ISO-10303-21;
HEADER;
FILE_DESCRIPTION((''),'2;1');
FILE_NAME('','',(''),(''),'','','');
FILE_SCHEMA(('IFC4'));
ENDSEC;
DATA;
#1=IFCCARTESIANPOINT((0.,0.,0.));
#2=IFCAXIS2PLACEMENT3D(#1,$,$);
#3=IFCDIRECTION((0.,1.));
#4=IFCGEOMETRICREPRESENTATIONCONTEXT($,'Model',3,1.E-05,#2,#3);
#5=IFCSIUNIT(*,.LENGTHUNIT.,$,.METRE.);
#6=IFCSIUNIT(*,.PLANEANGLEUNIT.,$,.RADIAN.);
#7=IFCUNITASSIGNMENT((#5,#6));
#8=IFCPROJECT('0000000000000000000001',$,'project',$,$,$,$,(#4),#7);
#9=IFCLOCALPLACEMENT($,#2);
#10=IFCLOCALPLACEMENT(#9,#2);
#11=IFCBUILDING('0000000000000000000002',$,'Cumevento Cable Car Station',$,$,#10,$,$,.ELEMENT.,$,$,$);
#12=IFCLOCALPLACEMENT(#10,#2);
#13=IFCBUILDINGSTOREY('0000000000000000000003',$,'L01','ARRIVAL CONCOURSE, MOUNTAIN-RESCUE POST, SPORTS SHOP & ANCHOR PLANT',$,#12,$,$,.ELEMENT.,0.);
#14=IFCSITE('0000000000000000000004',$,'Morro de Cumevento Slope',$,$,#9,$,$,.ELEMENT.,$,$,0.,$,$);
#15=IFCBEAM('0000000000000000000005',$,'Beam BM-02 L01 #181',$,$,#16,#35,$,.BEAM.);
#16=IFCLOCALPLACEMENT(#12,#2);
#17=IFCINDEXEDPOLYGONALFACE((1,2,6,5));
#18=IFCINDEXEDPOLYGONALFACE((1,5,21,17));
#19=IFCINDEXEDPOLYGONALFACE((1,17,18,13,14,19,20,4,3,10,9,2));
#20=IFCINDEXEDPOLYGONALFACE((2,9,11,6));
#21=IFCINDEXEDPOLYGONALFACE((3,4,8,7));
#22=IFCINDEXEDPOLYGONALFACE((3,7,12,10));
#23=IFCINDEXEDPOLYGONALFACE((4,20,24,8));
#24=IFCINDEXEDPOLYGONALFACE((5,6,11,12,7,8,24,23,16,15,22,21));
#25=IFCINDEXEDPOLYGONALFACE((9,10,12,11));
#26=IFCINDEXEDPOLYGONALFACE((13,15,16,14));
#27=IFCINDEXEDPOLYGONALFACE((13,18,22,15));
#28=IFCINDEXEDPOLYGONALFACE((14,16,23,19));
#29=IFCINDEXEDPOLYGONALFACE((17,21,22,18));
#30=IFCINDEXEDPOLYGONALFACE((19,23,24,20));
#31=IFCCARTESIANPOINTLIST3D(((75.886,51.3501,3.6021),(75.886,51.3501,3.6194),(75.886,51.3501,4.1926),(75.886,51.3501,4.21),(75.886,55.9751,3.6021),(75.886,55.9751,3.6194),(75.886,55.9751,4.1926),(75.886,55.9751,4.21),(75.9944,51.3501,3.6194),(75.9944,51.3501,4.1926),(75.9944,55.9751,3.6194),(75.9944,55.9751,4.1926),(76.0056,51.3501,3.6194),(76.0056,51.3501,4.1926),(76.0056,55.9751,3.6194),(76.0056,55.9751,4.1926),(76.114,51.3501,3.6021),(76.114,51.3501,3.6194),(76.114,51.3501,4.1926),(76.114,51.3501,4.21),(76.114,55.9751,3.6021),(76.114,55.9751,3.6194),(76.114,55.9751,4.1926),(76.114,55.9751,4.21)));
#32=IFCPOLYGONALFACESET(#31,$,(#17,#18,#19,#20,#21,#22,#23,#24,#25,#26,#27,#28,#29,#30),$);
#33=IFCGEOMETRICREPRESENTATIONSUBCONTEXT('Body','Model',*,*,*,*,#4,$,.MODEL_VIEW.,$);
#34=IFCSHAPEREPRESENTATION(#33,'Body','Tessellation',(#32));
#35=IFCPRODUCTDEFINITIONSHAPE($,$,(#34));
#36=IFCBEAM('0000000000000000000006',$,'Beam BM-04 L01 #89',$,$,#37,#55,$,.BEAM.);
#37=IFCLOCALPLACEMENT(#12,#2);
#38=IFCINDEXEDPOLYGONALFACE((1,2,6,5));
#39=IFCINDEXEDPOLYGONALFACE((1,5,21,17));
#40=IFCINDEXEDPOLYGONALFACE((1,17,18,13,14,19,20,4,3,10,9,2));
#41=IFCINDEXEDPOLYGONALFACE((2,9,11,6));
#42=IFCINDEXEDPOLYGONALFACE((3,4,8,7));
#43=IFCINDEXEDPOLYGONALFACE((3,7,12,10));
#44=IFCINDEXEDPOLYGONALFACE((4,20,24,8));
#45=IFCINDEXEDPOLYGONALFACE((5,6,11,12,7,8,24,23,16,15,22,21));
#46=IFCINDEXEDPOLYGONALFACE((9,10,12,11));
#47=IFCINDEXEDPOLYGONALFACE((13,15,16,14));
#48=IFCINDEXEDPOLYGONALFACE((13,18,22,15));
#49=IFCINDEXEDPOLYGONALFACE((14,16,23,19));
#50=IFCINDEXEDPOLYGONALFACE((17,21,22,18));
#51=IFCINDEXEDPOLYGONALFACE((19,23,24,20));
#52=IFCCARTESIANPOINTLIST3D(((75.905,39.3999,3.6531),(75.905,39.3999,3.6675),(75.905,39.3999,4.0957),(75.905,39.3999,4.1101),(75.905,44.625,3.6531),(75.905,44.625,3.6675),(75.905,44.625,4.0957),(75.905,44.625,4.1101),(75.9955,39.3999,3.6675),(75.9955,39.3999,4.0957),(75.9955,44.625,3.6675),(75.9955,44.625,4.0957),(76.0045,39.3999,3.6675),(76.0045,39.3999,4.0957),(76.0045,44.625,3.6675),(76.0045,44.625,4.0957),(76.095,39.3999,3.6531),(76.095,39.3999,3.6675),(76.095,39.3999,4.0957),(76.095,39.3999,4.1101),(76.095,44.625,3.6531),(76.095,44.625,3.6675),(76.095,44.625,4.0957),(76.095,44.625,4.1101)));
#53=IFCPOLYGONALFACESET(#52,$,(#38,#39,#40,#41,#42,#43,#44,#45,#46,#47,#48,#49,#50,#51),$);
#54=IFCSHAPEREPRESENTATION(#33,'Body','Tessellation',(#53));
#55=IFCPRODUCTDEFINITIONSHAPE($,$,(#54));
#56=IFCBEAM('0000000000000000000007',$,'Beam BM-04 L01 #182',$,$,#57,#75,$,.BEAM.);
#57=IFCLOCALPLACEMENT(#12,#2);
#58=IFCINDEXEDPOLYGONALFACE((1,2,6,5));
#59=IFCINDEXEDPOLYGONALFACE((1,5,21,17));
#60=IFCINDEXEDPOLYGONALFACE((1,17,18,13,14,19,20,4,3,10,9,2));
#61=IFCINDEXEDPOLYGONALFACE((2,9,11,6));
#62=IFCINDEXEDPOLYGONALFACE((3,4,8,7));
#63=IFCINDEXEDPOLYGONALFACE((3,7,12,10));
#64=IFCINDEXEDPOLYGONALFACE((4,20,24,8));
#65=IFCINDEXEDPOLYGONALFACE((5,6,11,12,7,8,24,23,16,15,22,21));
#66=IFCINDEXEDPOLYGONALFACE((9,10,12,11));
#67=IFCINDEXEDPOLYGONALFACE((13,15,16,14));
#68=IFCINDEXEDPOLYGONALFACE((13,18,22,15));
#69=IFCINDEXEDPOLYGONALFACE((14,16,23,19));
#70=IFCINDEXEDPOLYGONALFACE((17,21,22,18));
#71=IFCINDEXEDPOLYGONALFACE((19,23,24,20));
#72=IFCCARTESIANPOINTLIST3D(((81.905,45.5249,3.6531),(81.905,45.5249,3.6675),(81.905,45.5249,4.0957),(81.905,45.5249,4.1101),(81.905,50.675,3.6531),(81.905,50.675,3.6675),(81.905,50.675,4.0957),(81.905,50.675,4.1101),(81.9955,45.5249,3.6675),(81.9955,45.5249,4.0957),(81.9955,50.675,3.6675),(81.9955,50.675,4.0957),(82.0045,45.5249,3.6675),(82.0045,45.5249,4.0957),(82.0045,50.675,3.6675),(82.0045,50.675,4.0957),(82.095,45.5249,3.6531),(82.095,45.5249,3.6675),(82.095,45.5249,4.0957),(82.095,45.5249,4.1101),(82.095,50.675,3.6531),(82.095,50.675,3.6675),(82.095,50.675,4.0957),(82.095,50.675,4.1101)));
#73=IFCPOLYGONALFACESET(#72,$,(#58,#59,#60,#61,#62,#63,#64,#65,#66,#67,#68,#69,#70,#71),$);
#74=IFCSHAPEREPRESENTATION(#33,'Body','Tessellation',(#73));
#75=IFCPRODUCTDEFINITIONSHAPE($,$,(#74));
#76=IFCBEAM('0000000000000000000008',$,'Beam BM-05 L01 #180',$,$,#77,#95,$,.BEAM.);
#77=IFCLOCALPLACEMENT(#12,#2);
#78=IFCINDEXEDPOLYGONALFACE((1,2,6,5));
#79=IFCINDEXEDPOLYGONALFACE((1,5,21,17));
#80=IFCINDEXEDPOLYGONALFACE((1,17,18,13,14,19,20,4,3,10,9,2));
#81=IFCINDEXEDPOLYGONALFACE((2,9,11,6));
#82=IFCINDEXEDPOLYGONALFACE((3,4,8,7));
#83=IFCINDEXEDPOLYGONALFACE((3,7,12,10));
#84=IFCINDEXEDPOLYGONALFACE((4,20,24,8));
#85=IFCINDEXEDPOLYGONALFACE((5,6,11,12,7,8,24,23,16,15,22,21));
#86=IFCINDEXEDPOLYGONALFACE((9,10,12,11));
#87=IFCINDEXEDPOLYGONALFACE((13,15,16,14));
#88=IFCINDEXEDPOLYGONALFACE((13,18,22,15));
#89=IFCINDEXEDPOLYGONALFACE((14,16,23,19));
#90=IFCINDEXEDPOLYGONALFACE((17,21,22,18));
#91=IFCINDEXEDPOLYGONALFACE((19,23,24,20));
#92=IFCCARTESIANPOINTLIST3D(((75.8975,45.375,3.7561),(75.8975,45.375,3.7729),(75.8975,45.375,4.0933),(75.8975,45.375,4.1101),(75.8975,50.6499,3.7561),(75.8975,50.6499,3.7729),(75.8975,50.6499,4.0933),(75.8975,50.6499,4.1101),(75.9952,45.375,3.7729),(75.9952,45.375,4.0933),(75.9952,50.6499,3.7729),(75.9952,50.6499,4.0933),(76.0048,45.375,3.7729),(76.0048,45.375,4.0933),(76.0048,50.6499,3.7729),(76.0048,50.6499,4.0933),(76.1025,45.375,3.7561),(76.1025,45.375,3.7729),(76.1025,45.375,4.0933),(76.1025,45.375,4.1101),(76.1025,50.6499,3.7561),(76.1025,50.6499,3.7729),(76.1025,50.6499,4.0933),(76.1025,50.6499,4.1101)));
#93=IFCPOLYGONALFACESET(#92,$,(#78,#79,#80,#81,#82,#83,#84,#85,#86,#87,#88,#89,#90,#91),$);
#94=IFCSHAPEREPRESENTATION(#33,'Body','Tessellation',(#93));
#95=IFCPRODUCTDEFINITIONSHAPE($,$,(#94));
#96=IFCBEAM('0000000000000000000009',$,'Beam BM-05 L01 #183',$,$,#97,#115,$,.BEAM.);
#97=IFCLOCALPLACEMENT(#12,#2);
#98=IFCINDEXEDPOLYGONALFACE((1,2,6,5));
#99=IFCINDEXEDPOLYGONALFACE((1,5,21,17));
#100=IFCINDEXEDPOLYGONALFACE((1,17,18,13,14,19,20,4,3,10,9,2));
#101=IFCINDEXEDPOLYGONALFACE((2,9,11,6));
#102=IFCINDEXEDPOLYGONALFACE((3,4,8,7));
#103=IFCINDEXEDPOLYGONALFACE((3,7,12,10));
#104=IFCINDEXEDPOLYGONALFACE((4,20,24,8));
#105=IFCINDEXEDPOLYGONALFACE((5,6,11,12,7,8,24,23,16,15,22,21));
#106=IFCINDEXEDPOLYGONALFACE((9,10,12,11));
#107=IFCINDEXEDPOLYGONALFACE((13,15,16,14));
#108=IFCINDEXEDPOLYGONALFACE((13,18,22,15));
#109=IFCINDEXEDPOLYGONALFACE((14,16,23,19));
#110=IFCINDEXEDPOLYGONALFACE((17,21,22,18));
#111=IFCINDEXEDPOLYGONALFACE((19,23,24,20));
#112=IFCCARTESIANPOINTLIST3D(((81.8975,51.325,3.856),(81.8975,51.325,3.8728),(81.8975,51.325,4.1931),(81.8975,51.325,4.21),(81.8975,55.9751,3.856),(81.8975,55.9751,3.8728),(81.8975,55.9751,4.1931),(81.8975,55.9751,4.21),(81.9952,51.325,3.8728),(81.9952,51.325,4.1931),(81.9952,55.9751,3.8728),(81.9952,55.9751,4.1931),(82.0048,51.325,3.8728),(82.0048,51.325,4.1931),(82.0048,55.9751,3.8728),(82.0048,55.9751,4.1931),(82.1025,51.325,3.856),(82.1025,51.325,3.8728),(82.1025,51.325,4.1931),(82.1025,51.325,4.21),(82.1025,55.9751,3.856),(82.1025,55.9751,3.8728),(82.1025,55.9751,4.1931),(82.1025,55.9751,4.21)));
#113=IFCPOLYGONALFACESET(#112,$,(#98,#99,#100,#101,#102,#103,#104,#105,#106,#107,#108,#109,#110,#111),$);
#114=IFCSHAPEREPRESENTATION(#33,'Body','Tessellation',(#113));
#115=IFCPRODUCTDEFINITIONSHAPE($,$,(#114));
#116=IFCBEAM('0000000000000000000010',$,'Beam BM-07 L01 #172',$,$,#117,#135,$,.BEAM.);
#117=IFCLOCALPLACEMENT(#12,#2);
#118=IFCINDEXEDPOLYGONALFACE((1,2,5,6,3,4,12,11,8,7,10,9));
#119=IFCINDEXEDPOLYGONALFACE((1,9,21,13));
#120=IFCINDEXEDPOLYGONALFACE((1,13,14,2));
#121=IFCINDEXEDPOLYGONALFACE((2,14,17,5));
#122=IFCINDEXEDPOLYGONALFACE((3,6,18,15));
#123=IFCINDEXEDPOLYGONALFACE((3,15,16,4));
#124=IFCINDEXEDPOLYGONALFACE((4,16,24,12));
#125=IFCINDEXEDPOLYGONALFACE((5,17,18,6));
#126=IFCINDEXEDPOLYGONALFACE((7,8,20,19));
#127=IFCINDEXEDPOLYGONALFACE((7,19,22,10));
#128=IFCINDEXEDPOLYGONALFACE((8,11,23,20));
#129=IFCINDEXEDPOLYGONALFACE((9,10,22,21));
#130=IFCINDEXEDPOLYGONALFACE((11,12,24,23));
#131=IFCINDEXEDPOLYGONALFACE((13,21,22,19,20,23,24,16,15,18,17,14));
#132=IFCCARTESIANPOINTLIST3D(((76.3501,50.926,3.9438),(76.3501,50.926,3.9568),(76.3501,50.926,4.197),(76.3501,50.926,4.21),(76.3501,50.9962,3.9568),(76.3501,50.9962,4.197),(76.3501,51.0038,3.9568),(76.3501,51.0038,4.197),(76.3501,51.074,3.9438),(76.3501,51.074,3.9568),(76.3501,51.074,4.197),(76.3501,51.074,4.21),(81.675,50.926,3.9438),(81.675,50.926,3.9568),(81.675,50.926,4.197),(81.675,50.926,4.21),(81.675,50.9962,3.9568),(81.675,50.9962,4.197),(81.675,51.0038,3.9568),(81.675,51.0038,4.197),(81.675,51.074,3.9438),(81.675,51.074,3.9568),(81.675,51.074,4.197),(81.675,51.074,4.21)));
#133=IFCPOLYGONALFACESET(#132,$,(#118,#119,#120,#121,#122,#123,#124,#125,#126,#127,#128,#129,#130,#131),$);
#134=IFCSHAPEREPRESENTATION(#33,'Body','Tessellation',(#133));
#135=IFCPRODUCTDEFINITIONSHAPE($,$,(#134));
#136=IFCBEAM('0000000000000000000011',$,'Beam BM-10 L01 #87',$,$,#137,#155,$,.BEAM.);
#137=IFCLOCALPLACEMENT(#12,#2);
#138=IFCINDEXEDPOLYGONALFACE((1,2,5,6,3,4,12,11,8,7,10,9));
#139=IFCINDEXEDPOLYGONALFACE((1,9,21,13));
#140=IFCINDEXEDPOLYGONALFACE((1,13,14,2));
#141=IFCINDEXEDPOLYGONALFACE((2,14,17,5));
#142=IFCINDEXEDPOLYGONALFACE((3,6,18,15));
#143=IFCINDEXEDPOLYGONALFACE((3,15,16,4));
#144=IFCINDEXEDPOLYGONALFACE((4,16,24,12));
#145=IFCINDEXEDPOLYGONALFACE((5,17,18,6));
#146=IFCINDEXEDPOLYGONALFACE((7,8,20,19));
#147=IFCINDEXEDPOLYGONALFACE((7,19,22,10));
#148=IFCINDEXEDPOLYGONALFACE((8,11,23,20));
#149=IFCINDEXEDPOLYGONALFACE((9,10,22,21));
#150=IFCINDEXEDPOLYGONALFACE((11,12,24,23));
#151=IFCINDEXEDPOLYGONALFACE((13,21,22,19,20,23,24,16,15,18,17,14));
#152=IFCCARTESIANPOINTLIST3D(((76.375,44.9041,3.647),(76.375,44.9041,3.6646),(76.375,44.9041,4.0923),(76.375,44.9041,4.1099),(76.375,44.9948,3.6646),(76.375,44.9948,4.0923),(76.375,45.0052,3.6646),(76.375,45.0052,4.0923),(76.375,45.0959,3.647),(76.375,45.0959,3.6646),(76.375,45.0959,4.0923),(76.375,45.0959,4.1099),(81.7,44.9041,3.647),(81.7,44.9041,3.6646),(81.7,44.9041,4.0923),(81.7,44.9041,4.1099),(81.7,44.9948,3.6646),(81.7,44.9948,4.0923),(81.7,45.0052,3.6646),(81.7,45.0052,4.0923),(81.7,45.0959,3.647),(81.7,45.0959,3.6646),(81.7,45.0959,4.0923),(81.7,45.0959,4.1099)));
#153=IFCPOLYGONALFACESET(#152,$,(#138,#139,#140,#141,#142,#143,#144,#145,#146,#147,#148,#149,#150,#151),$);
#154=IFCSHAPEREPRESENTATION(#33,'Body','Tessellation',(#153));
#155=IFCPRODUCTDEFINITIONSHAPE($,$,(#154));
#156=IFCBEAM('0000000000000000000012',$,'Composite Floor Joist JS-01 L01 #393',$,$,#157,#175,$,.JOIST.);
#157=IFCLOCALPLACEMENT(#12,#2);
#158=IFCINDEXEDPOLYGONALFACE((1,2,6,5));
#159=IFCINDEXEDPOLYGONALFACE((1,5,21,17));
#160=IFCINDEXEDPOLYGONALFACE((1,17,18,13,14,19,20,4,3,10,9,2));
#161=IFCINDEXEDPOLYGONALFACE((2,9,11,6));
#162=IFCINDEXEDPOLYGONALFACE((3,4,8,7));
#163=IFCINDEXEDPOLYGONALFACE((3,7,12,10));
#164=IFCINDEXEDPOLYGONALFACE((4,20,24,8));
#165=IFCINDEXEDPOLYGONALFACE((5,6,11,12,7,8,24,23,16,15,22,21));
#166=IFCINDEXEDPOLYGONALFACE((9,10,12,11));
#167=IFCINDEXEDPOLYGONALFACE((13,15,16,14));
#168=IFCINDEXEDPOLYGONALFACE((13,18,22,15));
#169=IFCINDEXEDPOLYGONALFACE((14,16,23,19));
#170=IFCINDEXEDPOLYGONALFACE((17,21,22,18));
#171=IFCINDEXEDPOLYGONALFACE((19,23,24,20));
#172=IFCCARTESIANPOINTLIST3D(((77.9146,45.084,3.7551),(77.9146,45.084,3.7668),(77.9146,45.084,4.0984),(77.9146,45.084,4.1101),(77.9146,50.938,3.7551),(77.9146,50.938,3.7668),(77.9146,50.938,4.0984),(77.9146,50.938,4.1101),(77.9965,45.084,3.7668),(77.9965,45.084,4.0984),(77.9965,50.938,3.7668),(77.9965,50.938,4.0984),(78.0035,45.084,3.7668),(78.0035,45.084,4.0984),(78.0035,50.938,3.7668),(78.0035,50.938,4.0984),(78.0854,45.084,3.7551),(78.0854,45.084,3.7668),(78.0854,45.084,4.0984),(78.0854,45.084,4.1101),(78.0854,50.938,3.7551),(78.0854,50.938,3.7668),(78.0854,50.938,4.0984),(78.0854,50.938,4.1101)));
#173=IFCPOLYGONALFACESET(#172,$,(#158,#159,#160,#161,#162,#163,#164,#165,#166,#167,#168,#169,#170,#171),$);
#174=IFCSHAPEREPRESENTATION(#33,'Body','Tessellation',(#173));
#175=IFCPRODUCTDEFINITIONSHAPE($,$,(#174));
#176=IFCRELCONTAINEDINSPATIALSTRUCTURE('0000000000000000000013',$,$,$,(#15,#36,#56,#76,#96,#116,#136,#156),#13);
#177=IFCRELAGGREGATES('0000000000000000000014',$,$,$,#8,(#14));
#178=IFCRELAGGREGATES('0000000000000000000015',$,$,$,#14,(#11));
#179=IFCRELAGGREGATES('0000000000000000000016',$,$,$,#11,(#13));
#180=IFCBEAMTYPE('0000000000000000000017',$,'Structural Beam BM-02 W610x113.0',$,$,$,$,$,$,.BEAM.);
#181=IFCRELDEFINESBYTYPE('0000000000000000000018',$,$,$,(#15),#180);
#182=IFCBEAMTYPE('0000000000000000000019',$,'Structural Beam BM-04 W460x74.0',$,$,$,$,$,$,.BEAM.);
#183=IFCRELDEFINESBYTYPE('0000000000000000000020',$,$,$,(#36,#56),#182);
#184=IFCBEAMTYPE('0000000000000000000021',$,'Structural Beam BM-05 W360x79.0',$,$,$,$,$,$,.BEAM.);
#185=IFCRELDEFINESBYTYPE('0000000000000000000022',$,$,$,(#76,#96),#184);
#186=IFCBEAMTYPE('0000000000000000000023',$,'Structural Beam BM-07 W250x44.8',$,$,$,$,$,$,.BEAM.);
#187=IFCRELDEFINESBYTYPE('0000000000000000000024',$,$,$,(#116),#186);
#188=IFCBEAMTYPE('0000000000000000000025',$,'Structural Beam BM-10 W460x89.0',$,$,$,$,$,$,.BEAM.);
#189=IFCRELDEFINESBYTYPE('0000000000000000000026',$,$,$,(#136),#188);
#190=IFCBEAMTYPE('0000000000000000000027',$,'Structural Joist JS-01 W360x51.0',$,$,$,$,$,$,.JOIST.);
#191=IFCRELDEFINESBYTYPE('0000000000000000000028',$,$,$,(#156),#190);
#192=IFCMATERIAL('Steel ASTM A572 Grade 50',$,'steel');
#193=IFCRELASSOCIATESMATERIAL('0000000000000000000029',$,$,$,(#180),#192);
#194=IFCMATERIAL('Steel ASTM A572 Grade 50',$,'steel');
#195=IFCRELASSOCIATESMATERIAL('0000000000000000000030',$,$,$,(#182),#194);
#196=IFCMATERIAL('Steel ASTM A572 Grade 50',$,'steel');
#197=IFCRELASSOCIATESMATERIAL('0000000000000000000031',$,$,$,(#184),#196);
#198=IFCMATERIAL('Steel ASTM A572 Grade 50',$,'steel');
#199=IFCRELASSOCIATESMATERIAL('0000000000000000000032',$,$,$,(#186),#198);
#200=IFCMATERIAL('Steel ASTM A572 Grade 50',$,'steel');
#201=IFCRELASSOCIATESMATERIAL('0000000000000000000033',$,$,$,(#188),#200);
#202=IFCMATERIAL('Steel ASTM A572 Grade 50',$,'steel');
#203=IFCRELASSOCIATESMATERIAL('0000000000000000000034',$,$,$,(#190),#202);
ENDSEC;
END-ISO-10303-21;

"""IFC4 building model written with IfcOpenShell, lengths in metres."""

from ifc_helpers import new_model, si_unit, direction, frame, origin, origin_2d, place, context, subcontext, project, spatial, i_section, extrude, material, material_profile, profile_set, type_object, element, save


model = new_model("IFC4")

# Units and contexts
model_context = context("Model", 3, precision=1e-05, world=origin(), true_north=direction((0.0, 1.0)))
body_context = subcontext(model_context, "Body", "Model", "MODEL_VIEW")
ifc_project = project(units=[si_unit("LENGTHUNIT", "METRE"), si_unit("PLANEANGLEUNIT", "RADIAN")], contexts=[model_context])

# Site, building, storey
site_placement = place(None, origin())
site = spatial("IfcSite", under=ifc_project, at=site_placement, Name="Morro de Cumevento Slope", CompositionType="ELEMENT", RefElevation=0.0)
building_placement = place(site_placement, origin())
building = spatial("IfcBuilding", under=site, at=building_placement, Name="Cumevento Cable Car Station", CompositionType="ELEMENT")
storey_placement = place(building_placement, origin())
storey = spatial("IfcBuildingStorey", under=building, at=storey_placement, Name="L01", Description="ARRIVAL CONCOURSE, MOUNTAIN-RESCUE POST, SPORTS SHOP & ANCHOR PLANT", CompositionType="ELEMENT", Elevation=0.0)

# Beams
ifc_material_1 = material(Name="Steel ASTM A572 Grade 50", Category="steel")
ifc_material_profile_1 = material_profile(ifc_material_1, i_section(OverallWidth=0.228, OverallDepth=0.6079, WebThickness=0.0112, FlangeThickness=0.0173, at=origin_2d()), Name="W610x113.0")
ifc_profile_set_1 = profile_set([ifc_material_profile_1], Name="Steel ASTM A572 Grade 50")
beam_type_1 = type_object("IfcBeamType", Name="Structural Beam BM-02 W610x113.0", PredefinedType="BEAM", material=ifc_profile_set_1)
beam_1_placement = place(storey_placement, frame((76.0, 51.3501, 3.906), z_axis=(0.0, 1.0, 0.0), x_axis=(-1.0, 0.0, 0.0)))
element("IfcBeam", 1, at=beam_1_placement, inside=storey, type_object=beam_type_1, Name="Beam BM-02 L01 #181", PredefinedType="BEAM", context=body_context, shape_type="SweptSolid", body=[
    extrude(i_section(OverallWidth=0.228, OverallDepth=0.6079, WebThickness=0.0112, FlangeThickness=0.0173, at=origin_2d()), origin(), (0.0, 0.0, 1.0), 4.625),
])
ifc_material_2 = material(Name="Steel ASTM A572 Grade 50", Category="steel")
ifc_material_profile_2 = material_profile(ifc_material_2, i_section(OverallWidth=0.1899, OverallDepth=0.457, WebThickness=0.009, FlangeThickness=0.0144, at=origin_2d()), Name="W460x74.0")
ifc_profile_set_2 = profile_set([ifc_material_profile_2], Name="Steel ASTM A572 Grade 50")
beam_type_2 = type_object("IfcBeamType", Name="Structural Beam BM-04 W460x74.0", PredefinedType="BEAM", material=ifc_profile_set_2)
beam_2_placement = place(storey_placement, frame((76.0, 39.3999, 3.8816), z_axis=(0.0, 1.0, 0.0), x_axis=(-1.0, 0.0, 0.0)))
element("IfcBeam", 2, at=beam_2_placement, inside=storey, type_object=beam_type_2, Name="Beam BM-04 L01 #89", PredefinedType="BEAM", context=body_context, shape_type="SweptSolid", body=[
    extrude(i_section(OverallWidth=0.1899, OverallDepth=0.457, WebThickness=0.009, FlangeThickness=0.0144, at=origin_2d()), origin(), (0.0, 0.0, 1.0), 5.2251),
])
beam_3_placement = place(storey_placement, frame((82.0, 45.5249, 3.8816), z_axis=(0.0, 1.0, 0.0), x_axis=(-1.0, 0.0, 0.0)))
element("IfcBeam", 3, at=beam_3_placement, inside=storey, type_object=beam_type_2, Name="Beam BM-04 L01 #182", PredefinedType="BEAM", context=body_context, shape_type="SweptSolid", body=[
    extrude(i_section(OverallWidth=0.1899, OverallDepth=0.457, WebThickness=0.009, FlangeThickness=0.0144, at=origin_2d()), origin(), (0.0, 0.0, 1.0), 5.1501),
])
ifc_material_3 = material(Name="Steel ASTM A572 Grade 50", Category="steel")
ifc_material_profile_3 = material_profile(ifc_material_3, i_section(OverallWidth=0.2051, OverallDepth=0.354, WebThickness=0.0095, FlangeThickness=0.0168, at=origin_2d()), Name="W360x79.0")
ifc_profile_set_3 = profile_set([ifc_material_profile_3], Name="Steel ASTM A572 Grade 50")
beam_type_3 = type_object("IfcBeamType", Name="Structural Beam BM-05 W360x79.0", PredefinedType="BEAM", material=ifc_profile_set_3)
beam_4_placement = place(storey_placement, frame((76.0, 45.375, 3.9331), z_axis=(0.0, 1.0, 0.0), x_axis=(-1.0, 0.0, 0.0)))
element("IfcBeam", 4, at=beam_4_placement, inside=storey, type_object=beam_type_3, Name="Beam BM-05 L01 #180", PredefinedType="BEAM", context=body_context, shape_type="SweptSolid", body=[
    extrude(i_section(OverallWidth=0.2051, OverallDepth=0.354, WebThickness=0.0095, FlangeThickness=0.0168, at=origin_2d()), origin(), (0.0, 0.0, 1.0), 5.2749),
])
beam_5_placement = place(storey_placement, frame((82.0, 51.325, 4.033), z_axis=(0.0, 1.0, 0.0), x_axis=(-1.0, 0.0, 0.0)))
element("IfcBeam", 5, at=beam_5_placement, inside=storey, type_object=beam_type_3, Name="Beam BM-05 L01 #183", PredefinedType="BEAM", context=body_context, shape_type="SweptSolid", body=[
    extrude(i_section(OverallWidth=0.2051, OverallDepth=0.354, WebThickness=0.0095, FlangeThickness=0.0168, at=origin_2d()), origin(), (0.0, 0.0, 1.0), 4.6501),
])
ifc_material_4 = material(Name="Steel ASTM A572 Grade 50", Category="steel")
ifc_material_profile_4 = material_profile(ifc_material_4, i_section(OverallWidth=0.1479, OverallDepth=0.2661, WebThickness=0.0076, FlangeThickness=0.0129, at=origin_2d()), Name="W250x44.8")
ifc_profile_set_4 = profile_set([ifc_material_profile_4], Name="Steel ASTM A572 Grade 50")
beam_type_4 = type_object("IfcBeamType", Name="Structural Beam BM-07 W250x44.8", PredefinedType="BEAM", material=ifc_profile_set_4)
beam_6_placement = place(storey_placement, frame((76.3501, 51.0, 4.0769), z_axis=(1.0, 0.0, 0.0), x_axis=(0.0, 1.0, 0.0)))
element("IfcBeam", 6, at=beam_6_placement, inside=storey, type_object=beam_type_4, Name="Beam BM-07 L01 #172", PredefinedType="BEAM", context=body_context, shape_type="SweptSolid", body=[
    extrude(i_section(OverallWidth=0.1479, OverallDepth=0.2661, WebThickness=0.0076, FlangeThickness=0.0129, at=origin_2d()), origin(), (0.0, 0.0, 1.0), 5.325),
])
ifc_material_5 = material(Name="Steel ASTM A572 Grade 50", Category="steel")
ifc_material_profile_5 = material_profile(ifc_material_5, i_section(OverallWidth=0.1919, OverallDepth=0.4629, WebThickness=0.0105, FlangeThickness=0.0176, at=origin_2d()), Name="W460x89.0")
ifc_profile_set_5 = profile_set([ifc_material_profile_5], Name="Steel ASTM A572 Grade 50")
beam_type_5 = type_object("IfcBeamType", Name="Structural Beam BM-10 W460x89.0", PredefinedType="BEAM", material=ifc_profile_set_5)
beam_7_placement = place(storey_placement, frame((76.375, 45.0, 3.8784), z_axis=(1.0, 0.0, 0.0), x_axis=(0.0, 1.0, 0.0)))
element("IfcBeam", 7, at=beam_7_placement, inside=storey, type_object=beam_type_5, Name="Beam BM-10 L01 #87", PredefinedType="BEAM", context=body_context, shape_type="SweptSolid", body=[
    extrude(i_section(OverallWidth=0.1919, OverallDepth=0.4629, WebThickness=0.0105, FlangeThickness=0.0176, at=origin_2d()), origin(), (0.0, 0.0, 1.0), 5.325),
])
ifc_material_6 = material(Name="Steel ASTM A572 Grade 50", Category="steel")
ifc_material_profile_6 = material_profile(ifc_material_6, i_section(OverallWidth=0.1709, OverallDepth=0.355, WebThickness=0.0071, FlangeThickness=0.0117, at=origin_2d()), Name="W360x51.0")
ifc_profile_set_6 = profile_set([ifc_material_profile_6], Name="Steel ASTM A572 Grade 50")
beam_type_6 = type_object("IfcBeamType", Name="Structural Joist JS-01 W360x51.0", PredefinedType="JOIST", material=ifc_profile_set_6)
for number, where, z_axis, x_axis, name in (
    (8, (78.0, 45.084, 3.9326), (0.0, 1.0, 0.0), (-1.0, 0.0, 0.0), "Composite Floor Joist JS-01 L01 #393"),
):
    element("IfcBeam", number, at=place(storey_placement, frame(where, z_axis=z_axis, x_axis=x_axis)), inside=storey, type_object=beam_type_6, Name=name, PredefinedType="JOIST", context=body_context, shape_type="SweptSolid", body=[
        extrude(i_section(OverallWidth=0.1709, OverallDepth=0.355, WebThickness=0.0071, FlangeThickness=0.0117, at=origin_2d()), origin(), (0.0, 0.0, 1.0), 5.854),
    ])

save(model, "model.ifc")
